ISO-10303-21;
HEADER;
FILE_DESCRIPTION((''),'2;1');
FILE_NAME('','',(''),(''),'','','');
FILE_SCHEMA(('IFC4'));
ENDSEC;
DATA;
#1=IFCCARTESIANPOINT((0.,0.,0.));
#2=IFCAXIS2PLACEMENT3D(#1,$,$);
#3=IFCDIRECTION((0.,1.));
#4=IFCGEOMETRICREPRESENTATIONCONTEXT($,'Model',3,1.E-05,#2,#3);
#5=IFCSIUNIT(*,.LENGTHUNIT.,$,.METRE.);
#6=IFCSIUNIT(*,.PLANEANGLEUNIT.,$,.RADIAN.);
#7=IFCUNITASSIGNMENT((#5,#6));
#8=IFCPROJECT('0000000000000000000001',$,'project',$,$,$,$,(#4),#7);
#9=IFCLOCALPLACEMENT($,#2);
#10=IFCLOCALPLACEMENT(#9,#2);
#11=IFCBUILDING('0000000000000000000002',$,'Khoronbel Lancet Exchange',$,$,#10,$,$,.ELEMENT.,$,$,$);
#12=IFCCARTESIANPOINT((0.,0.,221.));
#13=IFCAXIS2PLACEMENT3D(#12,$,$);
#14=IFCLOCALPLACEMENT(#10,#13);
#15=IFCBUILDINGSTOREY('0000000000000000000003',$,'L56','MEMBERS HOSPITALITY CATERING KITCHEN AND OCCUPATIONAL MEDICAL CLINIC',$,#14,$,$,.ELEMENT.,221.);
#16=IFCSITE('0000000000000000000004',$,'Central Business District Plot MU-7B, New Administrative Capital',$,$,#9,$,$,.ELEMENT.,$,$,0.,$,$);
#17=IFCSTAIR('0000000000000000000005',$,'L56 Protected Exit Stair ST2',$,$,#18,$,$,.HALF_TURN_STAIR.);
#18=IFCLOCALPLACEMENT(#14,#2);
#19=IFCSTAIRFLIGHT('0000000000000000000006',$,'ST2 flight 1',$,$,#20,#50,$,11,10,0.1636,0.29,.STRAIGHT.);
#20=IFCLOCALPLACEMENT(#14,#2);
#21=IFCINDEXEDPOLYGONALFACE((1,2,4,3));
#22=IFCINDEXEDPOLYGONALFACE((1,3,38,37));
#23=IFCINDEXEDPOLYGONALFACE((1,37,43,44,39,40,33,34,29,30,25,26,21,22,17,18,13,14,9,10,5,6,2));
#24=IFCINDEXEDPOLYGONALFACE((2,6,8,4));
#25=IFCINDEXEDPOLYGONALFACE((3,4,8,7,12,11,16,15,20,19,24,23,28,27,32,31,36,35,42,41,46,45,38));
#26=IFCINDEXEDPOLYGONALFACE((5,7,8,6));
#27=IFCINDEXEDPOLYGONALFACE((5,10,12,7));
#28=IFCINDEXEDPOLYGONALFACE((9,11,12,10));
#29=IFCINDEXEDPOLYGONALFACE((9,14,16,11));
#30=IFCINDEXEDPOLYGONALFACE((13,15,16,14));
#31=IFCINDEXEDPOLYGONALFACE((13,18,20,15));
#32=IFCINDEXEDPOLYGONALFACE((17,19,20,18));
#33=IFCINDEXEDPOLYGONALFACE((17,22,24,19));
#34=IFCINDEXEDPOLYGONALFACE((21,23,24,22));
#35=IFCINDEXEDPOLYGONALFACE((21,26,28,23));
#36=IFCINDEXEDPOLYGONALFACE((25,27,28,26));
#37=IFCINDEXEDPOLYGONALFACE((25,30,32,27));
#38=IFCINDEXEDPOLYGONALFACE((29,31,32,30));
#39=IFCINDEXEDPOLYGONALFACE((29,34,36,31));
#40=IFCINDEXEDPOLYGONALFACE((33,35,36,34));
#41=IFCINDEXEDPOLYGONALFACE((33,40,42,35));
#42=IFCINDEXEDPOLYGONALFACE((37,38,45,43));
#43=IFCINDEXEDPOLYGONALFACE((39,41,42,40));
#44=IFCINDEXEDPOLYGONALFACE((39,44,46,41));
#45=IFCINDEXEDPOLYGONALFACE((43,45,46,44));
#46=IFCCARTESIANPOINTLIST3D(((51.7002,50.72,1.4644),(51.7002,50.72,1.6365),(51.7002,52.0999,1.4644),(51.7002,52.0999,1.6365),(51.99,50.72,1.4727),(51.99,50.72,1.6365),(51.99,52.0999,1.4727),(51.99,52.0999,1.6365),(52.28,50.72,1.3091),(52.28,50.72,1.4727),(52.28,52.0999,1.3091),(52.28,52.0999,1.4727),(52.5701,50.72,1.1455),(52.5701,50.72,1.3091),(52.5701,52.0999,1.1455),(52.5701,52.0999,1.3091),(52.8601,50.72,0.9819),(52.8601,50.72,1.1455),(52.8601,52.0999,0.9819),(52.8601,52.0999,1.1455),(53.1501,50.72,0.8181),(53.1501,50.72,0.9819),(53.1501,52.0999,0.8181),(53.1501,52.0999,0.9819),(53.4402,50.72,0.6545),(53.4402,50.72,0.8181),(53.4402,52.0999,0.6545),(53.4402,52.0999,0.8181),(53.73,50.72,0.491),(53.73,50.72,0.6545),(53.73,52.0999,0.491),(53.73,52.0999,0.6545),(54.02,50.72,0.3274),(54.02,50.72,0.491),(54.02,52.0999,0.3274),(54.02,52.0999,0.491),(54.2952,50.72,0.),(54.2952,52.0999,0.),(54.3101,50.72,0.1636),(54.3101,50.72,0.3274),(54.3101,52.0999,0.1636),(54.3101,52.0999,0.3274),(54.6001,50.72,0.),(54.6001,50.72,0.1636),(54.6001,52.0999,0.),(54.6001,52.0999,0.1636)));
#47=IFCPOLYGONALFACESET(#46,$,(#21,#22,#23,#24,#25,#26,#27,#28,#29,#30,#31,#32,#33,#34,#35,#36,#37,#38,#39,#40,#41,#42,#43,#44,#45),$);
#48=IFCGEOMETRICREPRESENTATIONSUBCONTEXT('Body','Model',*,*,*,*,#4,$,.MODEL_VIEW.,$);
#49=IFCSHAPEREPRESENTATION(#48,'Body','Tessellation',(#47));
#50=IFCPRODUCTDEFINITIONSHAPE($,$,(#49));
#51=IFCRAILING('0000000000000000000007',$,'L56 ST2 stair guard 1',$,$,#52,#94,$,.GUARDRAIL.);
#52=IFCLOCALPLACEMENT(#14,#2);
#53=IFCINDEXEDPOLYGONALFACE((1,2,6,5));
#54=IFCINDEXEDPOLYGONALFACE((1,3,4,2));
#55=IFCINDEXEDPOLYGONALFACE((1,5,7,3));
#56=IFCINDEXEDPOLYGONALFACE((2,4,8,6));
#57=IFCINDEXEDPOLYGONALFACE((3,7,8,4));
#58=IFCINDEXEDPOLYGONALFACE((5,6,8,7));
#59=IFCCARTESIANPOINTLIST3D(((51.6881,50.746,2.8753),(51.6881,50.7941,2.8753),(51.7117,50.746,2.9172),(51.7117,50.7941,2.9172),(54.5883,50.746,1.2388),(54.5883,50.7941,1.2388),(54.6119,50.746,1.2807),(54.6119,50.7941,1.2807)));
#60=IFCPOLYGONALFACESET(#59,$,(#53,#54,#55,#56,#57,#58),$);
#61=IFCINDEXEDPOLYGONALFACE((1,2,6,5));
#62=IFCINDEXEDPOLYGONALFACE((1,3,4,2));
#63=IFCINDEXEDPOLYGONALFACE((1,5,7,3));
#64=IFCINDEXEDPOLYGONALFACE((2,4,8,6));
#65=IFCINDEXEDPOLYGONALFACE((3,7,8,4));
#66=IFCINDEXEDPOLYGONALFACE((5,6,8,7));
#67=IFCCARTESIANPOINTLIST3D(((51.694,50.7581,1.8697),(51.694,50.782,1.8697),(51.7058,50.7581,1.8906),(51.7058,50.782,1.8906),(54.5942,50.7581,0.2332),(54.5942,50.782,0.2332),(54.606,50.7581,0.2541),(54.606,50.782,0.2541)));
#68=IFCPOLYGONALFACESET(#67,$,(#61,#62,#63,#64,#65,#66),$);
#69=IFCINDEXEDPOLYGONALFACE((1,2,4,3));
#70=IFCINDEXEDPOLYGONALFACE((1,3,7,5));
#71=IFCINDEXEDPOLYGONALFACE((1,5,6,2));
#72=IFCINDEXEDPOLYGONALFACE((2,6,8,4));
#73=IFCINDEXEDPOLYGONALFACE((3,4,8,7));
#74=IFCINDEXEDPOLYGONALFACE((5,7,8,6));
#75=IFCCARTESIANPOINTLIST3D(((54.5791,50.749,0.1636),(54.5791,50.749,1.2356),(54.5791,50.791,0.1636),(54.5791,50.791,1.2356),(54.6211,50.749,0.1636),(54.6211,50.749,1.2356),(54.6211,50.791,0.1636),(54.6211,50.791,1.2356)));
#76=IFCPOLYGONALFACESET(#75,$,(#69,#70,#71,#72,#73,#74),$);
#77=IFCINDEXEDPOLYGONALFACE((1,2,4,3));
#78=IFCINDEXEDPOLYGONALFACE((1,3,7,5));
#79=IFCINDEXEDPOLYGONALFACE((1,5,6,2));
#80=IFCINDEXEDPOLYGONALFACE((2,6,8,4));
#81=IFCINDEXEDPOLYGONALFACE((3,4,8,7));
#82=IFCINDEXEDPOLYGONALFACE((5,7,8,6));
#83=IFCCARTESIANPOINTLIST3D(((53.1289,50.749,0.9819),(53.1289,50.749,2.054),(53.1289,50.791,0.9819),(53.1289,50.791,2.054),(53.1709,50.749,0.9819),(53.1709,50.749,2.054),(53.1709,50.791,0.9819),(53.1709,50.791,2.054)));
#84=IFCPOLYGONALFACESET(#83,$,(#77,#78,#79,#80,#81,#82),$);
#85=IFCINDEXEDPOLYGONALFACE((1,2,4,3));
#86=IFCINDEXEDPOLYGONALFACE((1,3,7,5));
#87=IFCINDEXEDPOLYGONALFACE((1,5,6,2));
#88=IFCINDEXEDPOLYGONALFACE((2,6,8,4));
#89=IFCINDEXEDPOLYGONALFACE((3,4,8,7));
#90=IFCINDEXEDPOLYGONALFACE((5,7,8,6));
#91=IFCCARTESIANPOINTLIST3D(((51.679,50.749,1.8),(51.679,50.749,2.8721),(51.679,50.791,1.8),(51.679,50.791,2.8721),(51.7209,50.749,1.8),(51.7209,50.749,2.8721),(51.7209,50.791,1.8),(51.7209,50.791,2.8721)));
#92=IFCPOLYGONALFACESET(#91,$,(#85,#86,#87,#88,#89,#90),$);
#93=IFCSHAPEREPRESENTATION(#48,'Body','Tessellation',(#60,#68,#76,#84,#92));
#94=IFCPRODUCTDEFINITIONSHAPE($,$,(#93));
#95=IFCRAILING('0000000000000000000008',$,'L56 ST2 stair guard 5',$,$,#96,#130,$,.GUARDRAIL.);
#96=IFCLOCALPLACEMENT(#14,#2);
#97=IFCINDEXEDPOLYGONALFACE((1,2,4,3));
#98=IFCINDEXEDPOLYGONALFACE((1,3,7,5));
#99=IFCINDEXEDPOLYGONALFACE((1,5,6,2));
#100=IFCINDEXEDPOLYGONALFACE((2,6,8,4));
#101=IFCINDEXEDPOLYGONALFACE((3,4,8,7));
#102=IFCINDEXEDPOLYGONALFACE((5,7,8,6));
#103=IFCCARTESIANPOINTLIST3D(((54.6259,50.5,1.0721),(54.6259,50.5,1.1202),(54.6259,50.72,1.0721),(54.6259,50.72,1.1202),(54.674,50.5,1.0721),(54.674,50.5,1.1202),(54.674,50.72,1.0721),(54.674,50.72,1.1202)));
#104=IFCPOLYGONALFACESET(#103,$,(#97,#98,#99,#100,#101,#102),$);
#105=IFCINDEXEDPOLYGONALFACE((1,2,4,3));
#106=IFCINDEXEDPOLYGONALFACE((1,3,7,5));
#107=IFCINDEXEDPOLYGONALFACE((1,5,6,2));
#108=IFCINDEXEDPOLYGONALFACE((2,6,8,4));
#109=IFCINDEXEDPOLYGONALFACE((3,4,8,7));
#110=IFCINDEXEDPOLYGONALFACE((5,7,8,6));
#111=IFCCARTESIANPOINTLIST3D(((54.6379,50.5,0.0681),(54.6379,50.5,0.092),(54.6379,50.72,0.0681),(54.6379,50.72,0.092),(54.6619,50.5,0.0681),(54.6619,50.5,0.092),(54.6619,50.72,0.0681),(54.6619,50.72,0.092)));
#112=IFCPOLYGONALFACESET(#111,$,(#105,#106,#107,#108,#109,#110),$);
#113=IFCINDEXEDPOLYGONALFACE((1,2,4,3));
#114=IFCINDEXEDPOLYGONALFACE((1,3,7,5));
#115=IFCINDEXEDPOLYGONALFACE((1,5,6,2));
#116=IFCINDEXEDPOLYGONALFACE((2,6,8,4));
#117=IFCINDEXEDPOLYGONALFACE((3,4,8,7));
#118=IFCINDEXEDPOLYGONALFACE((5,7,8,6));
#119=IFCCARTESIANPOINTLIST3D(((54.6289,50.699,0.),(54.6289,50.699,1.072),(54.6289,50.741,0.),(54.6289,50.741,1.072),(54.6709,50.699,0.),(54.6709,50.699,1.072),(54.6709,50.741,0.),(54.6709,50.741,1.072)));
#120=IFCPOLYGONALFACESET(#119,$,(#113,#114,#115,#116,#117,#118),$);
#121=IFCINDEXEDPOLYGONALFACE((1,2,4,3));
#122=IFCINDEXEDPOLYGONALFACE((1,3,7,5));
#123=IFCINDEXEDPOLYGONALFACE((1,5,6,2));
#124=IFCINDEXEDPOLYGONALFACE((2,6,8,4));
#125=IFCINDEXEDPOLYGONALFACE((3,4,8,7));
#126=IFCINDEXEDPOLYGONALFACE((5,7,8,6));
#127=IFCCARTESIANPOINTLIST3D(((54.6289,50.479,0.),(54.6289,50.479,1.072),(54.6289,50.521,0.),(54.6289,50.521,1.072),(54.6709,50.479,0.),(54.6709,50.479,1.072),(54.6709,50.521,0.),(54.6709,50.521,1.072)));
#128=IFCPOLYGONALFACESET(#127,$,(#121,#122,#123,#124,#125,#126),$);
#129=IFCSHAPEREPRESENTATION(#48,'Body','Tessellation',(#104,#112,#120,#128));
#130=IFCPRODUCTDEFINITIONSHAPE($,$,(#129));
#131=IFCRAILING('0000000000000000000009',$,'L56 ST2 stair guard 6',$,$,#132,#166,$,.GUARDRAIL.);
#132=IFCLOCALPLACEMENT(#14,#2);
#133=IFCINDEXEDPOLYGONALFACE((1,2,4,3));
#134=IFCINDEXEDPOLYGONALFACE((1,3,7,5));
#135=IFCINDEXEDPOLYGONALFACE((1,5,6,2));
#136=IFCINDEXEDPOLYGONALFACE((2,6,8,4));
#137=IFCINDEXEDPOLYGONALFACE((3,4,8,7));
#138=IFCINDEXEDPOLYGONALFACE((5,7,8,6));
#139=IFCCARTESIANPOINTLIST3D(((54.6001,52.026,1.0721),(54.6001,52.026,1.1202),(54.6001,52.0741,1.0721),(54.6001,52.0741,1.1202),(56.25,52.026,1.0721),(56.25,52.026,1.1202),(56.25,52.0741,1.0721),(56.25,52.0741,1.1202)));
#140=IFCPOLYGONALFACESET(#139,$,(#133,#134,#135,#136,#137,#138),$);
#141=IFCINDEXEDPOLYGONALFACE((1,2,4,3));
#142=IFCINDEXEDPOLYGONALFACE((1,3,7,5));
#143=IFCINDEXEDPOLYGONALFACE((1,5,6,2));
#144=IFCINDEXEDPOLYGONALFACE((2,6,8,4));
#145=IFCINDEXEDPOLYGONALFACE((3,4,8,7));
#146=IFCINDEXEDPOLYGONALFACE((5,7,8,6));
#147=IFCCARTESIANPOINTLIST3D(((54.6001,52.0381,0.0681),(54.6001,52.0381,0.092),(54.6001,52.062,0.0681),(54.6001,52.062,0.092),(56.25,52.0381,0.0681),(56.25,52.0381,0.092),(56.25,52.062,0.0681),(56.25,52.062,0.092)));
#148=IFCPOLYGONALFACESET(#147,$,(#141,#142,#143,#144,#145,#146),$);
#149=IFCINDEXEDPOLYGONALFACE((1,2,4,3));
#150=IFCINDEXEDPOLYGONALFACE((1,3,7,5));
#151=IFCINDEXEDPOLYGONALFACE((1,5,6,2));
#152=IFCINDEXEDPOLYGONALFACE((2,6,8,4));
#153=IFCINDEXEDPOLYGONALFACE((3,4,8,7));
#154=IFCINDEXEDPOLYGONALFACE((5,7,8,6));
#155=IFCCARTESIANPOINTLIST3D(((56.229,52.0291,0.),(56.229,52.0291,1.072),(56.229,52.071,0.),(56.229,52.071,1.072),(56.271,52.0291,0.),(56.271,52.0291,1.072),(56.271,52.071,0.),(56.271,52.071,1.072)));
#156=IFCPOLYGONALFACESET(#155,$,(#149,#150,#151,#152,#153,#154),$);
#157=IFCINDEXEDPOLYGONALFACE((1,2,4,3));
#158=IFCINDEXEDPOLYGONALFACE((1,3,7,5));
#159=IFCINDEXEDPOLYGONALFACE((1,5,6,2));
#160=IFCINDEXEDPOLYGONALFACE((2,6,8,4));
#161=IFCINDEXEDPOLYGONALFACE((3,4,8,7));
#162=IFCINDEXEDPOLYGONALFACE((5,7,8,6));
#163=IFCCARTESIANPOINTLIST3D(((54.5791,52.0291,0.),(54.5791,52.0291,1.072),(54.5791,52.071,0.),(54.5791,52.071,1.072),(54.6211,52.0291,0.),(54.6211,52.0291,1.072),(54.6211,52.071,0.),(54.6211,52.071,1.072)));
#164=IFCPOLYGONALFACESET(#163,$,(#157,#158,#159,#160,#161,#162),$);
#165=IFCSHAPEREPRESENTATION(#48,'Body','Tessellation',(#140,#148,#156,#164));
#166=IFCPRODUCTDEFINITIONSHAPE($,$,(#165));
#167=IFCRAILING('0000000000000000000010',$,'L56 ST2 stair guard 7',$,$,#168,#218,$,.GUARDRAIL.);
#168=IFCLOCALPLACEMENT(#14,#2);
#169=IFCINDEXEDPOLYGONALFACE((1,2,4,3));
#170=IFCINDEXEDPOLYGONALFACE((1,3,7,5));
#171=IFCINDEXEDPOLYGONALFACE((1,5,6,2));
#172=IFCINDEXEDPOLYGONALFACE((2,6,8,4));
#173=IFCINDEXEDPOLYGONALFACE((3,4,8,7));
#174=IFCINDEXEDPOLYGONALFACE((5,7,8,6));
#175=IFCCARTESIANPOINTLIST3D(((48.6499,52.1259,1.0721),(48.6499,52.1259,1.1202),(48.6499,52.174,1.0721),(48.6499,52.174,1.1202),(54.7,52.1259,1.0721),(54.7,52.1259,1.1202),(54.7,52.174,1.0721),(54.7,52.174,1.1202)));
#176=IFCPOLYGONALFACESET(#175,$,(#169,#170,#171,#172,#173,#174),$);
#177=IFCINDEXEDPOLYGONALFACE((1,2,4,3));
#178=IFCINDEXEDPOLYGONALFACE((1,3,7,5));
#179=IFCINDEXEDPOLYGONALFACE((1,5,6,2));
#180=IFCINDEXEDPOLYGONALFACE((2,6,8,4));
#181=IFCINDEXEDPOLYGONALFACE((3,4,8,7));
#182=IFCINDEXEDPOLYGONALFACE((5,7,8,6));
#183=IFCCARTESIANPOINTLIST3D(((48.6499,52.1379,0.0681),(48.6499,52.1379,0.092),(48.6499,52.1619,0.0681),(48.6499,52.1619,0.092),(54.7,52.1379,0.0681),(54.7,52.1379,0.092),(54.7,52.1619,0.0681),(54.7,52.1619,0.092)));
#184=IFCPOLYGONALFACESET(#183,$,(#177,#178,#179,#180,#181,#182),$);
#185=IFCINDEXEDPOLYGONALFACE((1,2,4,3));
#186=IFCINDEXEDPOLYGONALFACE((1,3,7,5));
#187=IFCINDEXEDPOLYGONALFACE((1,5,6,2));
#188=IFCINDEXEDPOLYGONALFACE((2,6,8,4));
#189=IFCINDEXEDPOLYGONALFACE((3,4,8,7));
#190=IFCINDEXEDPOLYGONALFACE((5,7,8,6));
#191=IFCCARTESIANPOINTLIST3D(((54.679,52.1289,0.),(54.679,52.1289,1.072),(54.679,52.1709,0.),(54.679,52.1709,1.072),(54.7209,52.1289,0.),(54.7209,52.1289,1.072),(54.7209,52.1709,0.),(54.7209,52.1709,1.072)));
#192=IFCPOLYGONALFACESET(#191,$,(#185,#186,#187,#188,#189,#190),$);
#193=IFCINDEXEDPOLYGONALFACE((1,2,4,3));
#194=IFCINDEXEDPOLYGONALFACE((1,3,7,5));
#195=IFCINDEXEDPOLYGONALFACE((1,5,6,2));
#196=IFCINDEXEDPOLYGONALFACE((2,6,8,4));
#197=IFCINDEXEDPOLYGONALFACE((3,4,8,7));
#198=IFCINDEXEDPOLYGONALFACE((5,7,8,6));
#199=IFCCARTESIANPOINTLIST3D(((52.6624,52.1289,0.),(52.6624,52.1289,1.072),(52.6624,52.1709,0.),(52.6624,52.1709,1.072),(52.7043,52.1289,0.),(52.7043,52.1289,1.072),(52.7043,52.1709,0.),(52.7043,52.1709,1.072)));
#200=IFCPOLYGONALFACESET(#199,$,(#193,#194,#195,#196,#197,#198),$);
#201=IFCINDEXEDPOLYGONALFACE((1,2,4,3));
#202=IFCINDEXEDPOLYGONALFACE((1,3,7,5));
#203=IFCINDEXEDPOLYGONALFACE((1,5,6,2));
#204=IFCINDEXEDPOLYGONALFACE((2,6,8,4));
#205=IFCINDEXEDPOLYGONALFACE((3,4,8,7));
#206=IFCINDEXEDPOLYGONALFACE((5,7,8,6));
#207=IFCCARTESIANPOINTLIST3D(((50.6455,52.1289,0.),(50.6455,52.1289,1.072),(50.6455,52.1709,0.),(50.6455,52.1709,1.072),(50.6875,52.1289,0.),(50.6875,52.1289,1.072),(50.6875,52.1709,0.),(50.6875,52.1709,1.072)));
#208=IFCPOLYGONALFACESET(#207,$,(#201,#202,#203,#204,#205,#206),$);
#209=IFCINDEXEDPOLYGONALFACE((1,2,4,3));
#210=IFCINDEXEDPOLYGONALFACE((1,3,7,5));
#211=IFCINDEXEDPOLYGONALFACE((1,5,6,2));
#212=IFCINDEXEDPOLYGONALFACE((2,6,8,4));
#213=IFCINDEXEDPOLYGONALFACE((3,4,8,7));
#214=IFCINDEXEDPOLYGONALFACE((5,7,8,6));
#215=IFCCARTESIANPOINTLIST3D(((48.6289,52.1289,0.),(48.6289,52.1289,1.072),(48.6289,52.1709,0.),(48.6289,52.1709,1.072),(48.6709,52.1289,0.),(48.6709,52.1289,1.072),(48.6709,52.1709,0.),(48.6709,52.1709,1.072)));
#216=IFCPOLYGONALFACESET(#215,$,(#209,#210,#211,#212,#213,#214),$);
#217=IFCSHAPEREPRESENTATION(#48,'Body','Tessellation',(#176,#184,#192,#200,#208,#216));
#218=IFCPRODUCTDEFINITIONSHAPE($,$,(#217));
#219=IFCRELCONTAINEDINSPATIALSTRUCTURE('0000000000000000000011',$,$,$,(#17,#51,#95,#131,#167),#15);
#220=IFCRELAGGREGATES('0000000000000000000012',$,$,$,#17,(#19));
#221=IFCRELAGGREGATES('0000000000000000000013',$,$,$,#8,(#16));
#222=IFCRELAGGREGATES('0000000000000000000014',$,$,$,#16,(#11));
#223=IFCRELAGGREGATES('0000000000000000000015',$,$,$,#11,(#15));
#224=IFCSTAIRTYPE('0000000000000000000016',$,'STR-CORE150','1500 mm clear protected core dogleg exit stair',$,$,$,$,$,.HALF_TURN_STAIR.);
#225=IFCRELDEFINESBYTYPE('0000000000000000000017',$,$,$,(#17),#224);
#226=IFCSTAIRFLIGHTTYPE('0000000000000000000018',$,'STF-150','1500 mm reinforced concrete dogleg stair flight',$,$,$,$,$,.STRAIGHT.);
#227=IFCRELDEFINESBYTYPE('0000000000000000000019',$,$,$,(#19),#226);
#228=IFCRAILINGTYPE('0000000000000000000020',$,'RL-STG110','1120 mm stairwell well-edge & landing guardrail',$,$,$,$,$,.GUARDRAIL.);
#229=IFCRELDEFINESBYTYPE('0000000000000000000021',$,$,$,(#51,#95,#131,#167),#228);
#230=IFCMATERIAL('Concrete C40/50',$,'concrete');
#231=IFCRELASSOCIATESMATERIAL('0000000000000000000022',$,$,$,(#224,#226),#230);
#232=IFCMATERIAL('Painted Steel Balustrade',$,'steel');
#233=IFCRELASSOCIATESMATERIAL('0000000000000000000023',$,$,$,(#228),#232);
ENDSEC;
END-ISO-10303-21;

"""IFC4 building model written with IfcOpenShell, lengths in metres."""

from ifc_helpers import new_model, si_unit, direction, frame, origin, origin_2d, place, context, subcontext, project, spatial, polyline, rectangle, outline, extrude, material, type_object, element, aggregate, save


model = new_model("IFC4")

# Units and contexts
model_context = context("Model", 3, precision=1e-05, world=origin(), true_north=direction((0.0, 1.0)))
body_context = subcontext(model_context, "Body", "Model", "MODEL_VIEW")
ifc_project = project(units=[si_unit("LENGTHUNIT", "METRE"), si_unit("PLANEANGLEUNIT", "RADIAN")], contexts=[model_context])

# Site, building, storey
site_placement = place(None, origin())
site = spatial("IfcSite", under=ifc_project, at=site_placement, Name="Central Business District Plot MU-7B, New Administrative Capital", CompositionType="ELEMENT", RefElevation=0.0)
building_placement = place(site_placement, origin())
building = spatial("IfcBuilding", under=site, at=building_placement, Name="Khoronbel Lancet Exchange", CompositionType="ELEMENT")
storey_placement = place(building_placement, frame((0.0, 0.0, 221.0)))
storey = spatial("IfcBuildingStorey", under=building, at=storey_placement, Name="L56", Description="MEMBERS HOSPITALITY CATERING KITCHEN AND OCCUPATIONAL MEDICAL CLINIC", CompositionType="ELEMENT", Elevation=221.0)

# Stair, stair flight
ifc_material_1 = material(Name="Concrete C40/50", Category="concrete")
stair_type = type_object("IfcStairType", Name="STR-CORE150", Description="1500 mm clear protected core dogleg exit stair", PredefinedType="HALF_TURN_STAIR", material=ifc_material_1)
stair_placement = place(storey_placement, origin())
stair = element("IfcStair", 1, at=stair_placement, inside=storey, type_object=stair_type, Name="L56 Protected Exit Stair ST2", PredefinedType="HALF_TURN_STAIR")
stair_flight_type = type_object("IfcStairFlightType", Name="STF-150", Description="1500 mm reinforced concrete dogleg stair flight", PredefinedType="STRAIGHT", material=ifc_material_1)
stair_flight_placement = place(storey_placement, frame((54.6001, 51.4099, 0.0), z_axis=(0.0, 0.0, 1.0), x_axis=(-1.0, 0.0, 0.0)))
stair_flight = element("IfcStairFlight", 2, at=stair_flight_placement, type_object=stair_flight_type, Name="ST2 flight 1", NumberOfRisers=11, NumberOfTreads=10, PredefinedType="STRAIGHT", RiserHeight=0.1636, TreadLength=0.29, context=body_context, shape_type="SweptSolid", body=[
    extrude(outline(polyline([(0.0, 0.0), (0.0, 0.1636), (0.29, 0.1636), (0.29, 0.3274), (0.5801, 0.3274), (0.5801, 0.491), (0.8701, 0.491), (0.8701, 0.6545), (1.1599, 0.6545), (1.1599, 0.8181), (1.45, 0.8181), (1.45, 0.9819), (1.74, 0.9819), (1.74, 1.1455), (2.03, 1.1455), (2.03, 1.3091), (2.3201, 1.3091), (2.3201, 1.4727), (2.6101, 1.4727), (2.6101, 1.6365), (2.8999, 1.6365), (2.8999, 1.8), (2.8999, 1.4644), (0.3049, 0.0), (0.0, 0.0)])), frame((0.0, 0.6899, 0.0), z_axis=(0.0, -1.0, 0.0), x_axis=(1.0, 0.0, 0.0)), (0.0, 0.0, 1.0), 1.3799),
])
aggregate(stair, [stair_flight])

# Railings
ifc_material_2 = material(Name="Painted Steel Balustrade", Category="steel")
railing_type_1 = type_object("IfcRailingType", Name="RL-STG110", Description="1120 mm stairwell well-edge & landing guardrail", PredefinedType="GUARDRAIL", material=ifc_material_2)
railing_1_placement = place(storey_placement, frame((54.6001, 50.77, 0.1636)))
element("IfcRailing", 3, at=railing_1_placement, inside=storey, type_object=railing_type_1, Name="L56 ST2 stair guard 1", PredefinedType="GUARDRAIL", context=body_context, shape_type="SweptSolid", body=[
    extrude(rectangle(XDim=0.0481, YDim=0.0481, at=origin_2d()), frame((0.0, 0.0, 1.0962), z_axis=(-0.870915, 0.0, 0.491434), x_axis=(0.0, -1.0, 0.0)), (0.0, 0.0, 1.0), 3.3301),
    extrude(rectangle(XDim=0.0239, YDim=0.0239, at=origin_2d()), frame((0.0, 0.0, 0.0801), z_axis=(-0.870915, 0.0, 0.491434), x_axis=(0.0, -1.0, 0.0)), (0.0, 0.0, 1.0), 3.3301),
    extrude(rectangle(XDim=0.042, YDim=0.042, at=origin_2d()), origin(), (0.0, 0.0, 1.0), 1.072),
    extrude(rectangle(XDim=0.042, YDim=0.042, at=origin_2d()), frame((-1.4502, 0.0, 0.8184)), (0.0, 0.0, 1.0), 1.072),
    extrude(rectangle(XDim=0.042, YDim=0.042, at=origin_2d()), frame((-2.9001, 0.0, 1.6365)), (0.0, 0.0, 1.0), 1.072),
])
railing_2_placement = place(storey_placement, frame((54.6499, 50.72, 0.0)))
element("IfcRailing", 4, at=railing_2_placement, inside=storey, type_object=railing_type_1, Name="L56 ST2 stair guard 5", PredefinedType="GUARDRAIL", context=body_context, shape_type="SweptSolid", body=[
    extrude(rectangle(XDim=0.0481, YDim=0.0481, at=origin_2d()), frame((0.0, 0.0, 1.0962), z_axis=(0.0, -1.0, 0.0), x_axis=(1.0, 0.0, 0.0)), (0.0, 0.0, 1.0), 0.22),
    extrude(rectangle(XDim=0.0239, YDim=0.0239, at=origin_2d()), frame((0.0, 0.0, 0.0801), z_axis=(0.0, -1.0, 0.0), x_axis=(1.0, 0.0, 0.0)), (0.0, 0.0, 1.0), 0.22),
    extrude(rectangle(XDim=0.042, YDim=0.042, at=origin_2d()), origin(), (0.0, 0.0, 1.0), 1.072),
    extrude(rectangle(XDim=0.042, YDim=0.042, at=origin_2d()), frame((0.0, -0.22, 0.0)), (0.0, 0.0, 1.0), 1.072),
])
railing_3_placement = place(storey_placement, frame((56.25, 52.05, 0.0)))
element("IfcRailing", 5, at=railing_3_placement, inside=storey, type_object=railing_type_1, Name="L56 ST2 stair guard 6", PredefinedType="GUARDRAIL", context=body_context, shape_type="SweptSolid", body=[
    extrude(rectangle(XDim=0.0481, YDim=0.0481, at=origin_2d()), frame((0.0, 0.0, 1.0962), z_axis=(-1.0, 0.0, 0.0), x_axis=(0.0, -1.0, 0.0)), (0.0, 0.0, 1.0), 1.6499),
    extrude(rectangle(XDim=0.0239, YDim=0.0239, at=origin_2d()), frame((0.0, 0.0, 0.0801), z_axis=(-1.0, 0.0, 0.0), x_axis=(0.0, -1.0, 0.0)), (0.0, 0.0, 1.0), 1.6499),
    extrude(rectangle(XDim=0.042, YDim=0.042, at=origin_2d()), origin(), (0.0, 0.0, 1.0), 1.072),
    extrude(rectangle(XDim=0.042, YDim=0.042, at=origin_2d()), frame((-1.6499, 0.0, 0.0)), (0.0, 0.0, 1.0), 1.072),
])
railing_4_placement = place(storey_placement, frame((54.7, 52.1499, 0.0)))
element("IfcRailing", 6, at=railing_4_placement, inside=storey, type_object=railing_type_1, Name="L56 ST2 stair guard 7", PredefinedType="GUARDRAIL", context=body_context, shape_type="SweptSolid", body=[
    extrude(rectangle(XDim=0.0481, YDim=0.0481, at=origin_2d()), frame((0.0, 0.0, 1.0962), z_axis=(-1.0, 0.0, 0.0), x_axis=(0.0, -1.0, 0.0)), (0.0, 0.0, 1.0), 6.05),
    extrude(rectangle(XDim=0.0239, YDim=0.0239, at=origin_2d()), frame((0.0, 0.0, 0.0801), z_axis=(-1.0, 0.0, 0.0), x_axis=(0.0, -1.0, 0.0)), (0.0, 0.0, 1.0), 6.05),
    extrude(rectangle(XDim=0.042, YDim=0.042, at=origin_2d()), origin(), (0.0, 0.0, 1.0), 1.072),
    extrude(rectangle(XDim=0.042, YDim=0.042, at=origin_2d()), frame((-2.0166, 0.0, 0.0)), (0.0, 0.0, 1.0), 1.072),
    extrude(rectangle(XDim=0.042, YDim=0.042, at=origin_2d()), frame((-4.0334, 0.0, 0.0)), (0.0, 0.0, 1.0), 1.072),
    extrude(rectangle(XDim=0.042, YDim=0.042, at=origin_2d()), frame((-6.05, 0.0, 0.0)), (0.0, 0.0, 1.0), 1.072),
])

save(model, "model.ifc")
